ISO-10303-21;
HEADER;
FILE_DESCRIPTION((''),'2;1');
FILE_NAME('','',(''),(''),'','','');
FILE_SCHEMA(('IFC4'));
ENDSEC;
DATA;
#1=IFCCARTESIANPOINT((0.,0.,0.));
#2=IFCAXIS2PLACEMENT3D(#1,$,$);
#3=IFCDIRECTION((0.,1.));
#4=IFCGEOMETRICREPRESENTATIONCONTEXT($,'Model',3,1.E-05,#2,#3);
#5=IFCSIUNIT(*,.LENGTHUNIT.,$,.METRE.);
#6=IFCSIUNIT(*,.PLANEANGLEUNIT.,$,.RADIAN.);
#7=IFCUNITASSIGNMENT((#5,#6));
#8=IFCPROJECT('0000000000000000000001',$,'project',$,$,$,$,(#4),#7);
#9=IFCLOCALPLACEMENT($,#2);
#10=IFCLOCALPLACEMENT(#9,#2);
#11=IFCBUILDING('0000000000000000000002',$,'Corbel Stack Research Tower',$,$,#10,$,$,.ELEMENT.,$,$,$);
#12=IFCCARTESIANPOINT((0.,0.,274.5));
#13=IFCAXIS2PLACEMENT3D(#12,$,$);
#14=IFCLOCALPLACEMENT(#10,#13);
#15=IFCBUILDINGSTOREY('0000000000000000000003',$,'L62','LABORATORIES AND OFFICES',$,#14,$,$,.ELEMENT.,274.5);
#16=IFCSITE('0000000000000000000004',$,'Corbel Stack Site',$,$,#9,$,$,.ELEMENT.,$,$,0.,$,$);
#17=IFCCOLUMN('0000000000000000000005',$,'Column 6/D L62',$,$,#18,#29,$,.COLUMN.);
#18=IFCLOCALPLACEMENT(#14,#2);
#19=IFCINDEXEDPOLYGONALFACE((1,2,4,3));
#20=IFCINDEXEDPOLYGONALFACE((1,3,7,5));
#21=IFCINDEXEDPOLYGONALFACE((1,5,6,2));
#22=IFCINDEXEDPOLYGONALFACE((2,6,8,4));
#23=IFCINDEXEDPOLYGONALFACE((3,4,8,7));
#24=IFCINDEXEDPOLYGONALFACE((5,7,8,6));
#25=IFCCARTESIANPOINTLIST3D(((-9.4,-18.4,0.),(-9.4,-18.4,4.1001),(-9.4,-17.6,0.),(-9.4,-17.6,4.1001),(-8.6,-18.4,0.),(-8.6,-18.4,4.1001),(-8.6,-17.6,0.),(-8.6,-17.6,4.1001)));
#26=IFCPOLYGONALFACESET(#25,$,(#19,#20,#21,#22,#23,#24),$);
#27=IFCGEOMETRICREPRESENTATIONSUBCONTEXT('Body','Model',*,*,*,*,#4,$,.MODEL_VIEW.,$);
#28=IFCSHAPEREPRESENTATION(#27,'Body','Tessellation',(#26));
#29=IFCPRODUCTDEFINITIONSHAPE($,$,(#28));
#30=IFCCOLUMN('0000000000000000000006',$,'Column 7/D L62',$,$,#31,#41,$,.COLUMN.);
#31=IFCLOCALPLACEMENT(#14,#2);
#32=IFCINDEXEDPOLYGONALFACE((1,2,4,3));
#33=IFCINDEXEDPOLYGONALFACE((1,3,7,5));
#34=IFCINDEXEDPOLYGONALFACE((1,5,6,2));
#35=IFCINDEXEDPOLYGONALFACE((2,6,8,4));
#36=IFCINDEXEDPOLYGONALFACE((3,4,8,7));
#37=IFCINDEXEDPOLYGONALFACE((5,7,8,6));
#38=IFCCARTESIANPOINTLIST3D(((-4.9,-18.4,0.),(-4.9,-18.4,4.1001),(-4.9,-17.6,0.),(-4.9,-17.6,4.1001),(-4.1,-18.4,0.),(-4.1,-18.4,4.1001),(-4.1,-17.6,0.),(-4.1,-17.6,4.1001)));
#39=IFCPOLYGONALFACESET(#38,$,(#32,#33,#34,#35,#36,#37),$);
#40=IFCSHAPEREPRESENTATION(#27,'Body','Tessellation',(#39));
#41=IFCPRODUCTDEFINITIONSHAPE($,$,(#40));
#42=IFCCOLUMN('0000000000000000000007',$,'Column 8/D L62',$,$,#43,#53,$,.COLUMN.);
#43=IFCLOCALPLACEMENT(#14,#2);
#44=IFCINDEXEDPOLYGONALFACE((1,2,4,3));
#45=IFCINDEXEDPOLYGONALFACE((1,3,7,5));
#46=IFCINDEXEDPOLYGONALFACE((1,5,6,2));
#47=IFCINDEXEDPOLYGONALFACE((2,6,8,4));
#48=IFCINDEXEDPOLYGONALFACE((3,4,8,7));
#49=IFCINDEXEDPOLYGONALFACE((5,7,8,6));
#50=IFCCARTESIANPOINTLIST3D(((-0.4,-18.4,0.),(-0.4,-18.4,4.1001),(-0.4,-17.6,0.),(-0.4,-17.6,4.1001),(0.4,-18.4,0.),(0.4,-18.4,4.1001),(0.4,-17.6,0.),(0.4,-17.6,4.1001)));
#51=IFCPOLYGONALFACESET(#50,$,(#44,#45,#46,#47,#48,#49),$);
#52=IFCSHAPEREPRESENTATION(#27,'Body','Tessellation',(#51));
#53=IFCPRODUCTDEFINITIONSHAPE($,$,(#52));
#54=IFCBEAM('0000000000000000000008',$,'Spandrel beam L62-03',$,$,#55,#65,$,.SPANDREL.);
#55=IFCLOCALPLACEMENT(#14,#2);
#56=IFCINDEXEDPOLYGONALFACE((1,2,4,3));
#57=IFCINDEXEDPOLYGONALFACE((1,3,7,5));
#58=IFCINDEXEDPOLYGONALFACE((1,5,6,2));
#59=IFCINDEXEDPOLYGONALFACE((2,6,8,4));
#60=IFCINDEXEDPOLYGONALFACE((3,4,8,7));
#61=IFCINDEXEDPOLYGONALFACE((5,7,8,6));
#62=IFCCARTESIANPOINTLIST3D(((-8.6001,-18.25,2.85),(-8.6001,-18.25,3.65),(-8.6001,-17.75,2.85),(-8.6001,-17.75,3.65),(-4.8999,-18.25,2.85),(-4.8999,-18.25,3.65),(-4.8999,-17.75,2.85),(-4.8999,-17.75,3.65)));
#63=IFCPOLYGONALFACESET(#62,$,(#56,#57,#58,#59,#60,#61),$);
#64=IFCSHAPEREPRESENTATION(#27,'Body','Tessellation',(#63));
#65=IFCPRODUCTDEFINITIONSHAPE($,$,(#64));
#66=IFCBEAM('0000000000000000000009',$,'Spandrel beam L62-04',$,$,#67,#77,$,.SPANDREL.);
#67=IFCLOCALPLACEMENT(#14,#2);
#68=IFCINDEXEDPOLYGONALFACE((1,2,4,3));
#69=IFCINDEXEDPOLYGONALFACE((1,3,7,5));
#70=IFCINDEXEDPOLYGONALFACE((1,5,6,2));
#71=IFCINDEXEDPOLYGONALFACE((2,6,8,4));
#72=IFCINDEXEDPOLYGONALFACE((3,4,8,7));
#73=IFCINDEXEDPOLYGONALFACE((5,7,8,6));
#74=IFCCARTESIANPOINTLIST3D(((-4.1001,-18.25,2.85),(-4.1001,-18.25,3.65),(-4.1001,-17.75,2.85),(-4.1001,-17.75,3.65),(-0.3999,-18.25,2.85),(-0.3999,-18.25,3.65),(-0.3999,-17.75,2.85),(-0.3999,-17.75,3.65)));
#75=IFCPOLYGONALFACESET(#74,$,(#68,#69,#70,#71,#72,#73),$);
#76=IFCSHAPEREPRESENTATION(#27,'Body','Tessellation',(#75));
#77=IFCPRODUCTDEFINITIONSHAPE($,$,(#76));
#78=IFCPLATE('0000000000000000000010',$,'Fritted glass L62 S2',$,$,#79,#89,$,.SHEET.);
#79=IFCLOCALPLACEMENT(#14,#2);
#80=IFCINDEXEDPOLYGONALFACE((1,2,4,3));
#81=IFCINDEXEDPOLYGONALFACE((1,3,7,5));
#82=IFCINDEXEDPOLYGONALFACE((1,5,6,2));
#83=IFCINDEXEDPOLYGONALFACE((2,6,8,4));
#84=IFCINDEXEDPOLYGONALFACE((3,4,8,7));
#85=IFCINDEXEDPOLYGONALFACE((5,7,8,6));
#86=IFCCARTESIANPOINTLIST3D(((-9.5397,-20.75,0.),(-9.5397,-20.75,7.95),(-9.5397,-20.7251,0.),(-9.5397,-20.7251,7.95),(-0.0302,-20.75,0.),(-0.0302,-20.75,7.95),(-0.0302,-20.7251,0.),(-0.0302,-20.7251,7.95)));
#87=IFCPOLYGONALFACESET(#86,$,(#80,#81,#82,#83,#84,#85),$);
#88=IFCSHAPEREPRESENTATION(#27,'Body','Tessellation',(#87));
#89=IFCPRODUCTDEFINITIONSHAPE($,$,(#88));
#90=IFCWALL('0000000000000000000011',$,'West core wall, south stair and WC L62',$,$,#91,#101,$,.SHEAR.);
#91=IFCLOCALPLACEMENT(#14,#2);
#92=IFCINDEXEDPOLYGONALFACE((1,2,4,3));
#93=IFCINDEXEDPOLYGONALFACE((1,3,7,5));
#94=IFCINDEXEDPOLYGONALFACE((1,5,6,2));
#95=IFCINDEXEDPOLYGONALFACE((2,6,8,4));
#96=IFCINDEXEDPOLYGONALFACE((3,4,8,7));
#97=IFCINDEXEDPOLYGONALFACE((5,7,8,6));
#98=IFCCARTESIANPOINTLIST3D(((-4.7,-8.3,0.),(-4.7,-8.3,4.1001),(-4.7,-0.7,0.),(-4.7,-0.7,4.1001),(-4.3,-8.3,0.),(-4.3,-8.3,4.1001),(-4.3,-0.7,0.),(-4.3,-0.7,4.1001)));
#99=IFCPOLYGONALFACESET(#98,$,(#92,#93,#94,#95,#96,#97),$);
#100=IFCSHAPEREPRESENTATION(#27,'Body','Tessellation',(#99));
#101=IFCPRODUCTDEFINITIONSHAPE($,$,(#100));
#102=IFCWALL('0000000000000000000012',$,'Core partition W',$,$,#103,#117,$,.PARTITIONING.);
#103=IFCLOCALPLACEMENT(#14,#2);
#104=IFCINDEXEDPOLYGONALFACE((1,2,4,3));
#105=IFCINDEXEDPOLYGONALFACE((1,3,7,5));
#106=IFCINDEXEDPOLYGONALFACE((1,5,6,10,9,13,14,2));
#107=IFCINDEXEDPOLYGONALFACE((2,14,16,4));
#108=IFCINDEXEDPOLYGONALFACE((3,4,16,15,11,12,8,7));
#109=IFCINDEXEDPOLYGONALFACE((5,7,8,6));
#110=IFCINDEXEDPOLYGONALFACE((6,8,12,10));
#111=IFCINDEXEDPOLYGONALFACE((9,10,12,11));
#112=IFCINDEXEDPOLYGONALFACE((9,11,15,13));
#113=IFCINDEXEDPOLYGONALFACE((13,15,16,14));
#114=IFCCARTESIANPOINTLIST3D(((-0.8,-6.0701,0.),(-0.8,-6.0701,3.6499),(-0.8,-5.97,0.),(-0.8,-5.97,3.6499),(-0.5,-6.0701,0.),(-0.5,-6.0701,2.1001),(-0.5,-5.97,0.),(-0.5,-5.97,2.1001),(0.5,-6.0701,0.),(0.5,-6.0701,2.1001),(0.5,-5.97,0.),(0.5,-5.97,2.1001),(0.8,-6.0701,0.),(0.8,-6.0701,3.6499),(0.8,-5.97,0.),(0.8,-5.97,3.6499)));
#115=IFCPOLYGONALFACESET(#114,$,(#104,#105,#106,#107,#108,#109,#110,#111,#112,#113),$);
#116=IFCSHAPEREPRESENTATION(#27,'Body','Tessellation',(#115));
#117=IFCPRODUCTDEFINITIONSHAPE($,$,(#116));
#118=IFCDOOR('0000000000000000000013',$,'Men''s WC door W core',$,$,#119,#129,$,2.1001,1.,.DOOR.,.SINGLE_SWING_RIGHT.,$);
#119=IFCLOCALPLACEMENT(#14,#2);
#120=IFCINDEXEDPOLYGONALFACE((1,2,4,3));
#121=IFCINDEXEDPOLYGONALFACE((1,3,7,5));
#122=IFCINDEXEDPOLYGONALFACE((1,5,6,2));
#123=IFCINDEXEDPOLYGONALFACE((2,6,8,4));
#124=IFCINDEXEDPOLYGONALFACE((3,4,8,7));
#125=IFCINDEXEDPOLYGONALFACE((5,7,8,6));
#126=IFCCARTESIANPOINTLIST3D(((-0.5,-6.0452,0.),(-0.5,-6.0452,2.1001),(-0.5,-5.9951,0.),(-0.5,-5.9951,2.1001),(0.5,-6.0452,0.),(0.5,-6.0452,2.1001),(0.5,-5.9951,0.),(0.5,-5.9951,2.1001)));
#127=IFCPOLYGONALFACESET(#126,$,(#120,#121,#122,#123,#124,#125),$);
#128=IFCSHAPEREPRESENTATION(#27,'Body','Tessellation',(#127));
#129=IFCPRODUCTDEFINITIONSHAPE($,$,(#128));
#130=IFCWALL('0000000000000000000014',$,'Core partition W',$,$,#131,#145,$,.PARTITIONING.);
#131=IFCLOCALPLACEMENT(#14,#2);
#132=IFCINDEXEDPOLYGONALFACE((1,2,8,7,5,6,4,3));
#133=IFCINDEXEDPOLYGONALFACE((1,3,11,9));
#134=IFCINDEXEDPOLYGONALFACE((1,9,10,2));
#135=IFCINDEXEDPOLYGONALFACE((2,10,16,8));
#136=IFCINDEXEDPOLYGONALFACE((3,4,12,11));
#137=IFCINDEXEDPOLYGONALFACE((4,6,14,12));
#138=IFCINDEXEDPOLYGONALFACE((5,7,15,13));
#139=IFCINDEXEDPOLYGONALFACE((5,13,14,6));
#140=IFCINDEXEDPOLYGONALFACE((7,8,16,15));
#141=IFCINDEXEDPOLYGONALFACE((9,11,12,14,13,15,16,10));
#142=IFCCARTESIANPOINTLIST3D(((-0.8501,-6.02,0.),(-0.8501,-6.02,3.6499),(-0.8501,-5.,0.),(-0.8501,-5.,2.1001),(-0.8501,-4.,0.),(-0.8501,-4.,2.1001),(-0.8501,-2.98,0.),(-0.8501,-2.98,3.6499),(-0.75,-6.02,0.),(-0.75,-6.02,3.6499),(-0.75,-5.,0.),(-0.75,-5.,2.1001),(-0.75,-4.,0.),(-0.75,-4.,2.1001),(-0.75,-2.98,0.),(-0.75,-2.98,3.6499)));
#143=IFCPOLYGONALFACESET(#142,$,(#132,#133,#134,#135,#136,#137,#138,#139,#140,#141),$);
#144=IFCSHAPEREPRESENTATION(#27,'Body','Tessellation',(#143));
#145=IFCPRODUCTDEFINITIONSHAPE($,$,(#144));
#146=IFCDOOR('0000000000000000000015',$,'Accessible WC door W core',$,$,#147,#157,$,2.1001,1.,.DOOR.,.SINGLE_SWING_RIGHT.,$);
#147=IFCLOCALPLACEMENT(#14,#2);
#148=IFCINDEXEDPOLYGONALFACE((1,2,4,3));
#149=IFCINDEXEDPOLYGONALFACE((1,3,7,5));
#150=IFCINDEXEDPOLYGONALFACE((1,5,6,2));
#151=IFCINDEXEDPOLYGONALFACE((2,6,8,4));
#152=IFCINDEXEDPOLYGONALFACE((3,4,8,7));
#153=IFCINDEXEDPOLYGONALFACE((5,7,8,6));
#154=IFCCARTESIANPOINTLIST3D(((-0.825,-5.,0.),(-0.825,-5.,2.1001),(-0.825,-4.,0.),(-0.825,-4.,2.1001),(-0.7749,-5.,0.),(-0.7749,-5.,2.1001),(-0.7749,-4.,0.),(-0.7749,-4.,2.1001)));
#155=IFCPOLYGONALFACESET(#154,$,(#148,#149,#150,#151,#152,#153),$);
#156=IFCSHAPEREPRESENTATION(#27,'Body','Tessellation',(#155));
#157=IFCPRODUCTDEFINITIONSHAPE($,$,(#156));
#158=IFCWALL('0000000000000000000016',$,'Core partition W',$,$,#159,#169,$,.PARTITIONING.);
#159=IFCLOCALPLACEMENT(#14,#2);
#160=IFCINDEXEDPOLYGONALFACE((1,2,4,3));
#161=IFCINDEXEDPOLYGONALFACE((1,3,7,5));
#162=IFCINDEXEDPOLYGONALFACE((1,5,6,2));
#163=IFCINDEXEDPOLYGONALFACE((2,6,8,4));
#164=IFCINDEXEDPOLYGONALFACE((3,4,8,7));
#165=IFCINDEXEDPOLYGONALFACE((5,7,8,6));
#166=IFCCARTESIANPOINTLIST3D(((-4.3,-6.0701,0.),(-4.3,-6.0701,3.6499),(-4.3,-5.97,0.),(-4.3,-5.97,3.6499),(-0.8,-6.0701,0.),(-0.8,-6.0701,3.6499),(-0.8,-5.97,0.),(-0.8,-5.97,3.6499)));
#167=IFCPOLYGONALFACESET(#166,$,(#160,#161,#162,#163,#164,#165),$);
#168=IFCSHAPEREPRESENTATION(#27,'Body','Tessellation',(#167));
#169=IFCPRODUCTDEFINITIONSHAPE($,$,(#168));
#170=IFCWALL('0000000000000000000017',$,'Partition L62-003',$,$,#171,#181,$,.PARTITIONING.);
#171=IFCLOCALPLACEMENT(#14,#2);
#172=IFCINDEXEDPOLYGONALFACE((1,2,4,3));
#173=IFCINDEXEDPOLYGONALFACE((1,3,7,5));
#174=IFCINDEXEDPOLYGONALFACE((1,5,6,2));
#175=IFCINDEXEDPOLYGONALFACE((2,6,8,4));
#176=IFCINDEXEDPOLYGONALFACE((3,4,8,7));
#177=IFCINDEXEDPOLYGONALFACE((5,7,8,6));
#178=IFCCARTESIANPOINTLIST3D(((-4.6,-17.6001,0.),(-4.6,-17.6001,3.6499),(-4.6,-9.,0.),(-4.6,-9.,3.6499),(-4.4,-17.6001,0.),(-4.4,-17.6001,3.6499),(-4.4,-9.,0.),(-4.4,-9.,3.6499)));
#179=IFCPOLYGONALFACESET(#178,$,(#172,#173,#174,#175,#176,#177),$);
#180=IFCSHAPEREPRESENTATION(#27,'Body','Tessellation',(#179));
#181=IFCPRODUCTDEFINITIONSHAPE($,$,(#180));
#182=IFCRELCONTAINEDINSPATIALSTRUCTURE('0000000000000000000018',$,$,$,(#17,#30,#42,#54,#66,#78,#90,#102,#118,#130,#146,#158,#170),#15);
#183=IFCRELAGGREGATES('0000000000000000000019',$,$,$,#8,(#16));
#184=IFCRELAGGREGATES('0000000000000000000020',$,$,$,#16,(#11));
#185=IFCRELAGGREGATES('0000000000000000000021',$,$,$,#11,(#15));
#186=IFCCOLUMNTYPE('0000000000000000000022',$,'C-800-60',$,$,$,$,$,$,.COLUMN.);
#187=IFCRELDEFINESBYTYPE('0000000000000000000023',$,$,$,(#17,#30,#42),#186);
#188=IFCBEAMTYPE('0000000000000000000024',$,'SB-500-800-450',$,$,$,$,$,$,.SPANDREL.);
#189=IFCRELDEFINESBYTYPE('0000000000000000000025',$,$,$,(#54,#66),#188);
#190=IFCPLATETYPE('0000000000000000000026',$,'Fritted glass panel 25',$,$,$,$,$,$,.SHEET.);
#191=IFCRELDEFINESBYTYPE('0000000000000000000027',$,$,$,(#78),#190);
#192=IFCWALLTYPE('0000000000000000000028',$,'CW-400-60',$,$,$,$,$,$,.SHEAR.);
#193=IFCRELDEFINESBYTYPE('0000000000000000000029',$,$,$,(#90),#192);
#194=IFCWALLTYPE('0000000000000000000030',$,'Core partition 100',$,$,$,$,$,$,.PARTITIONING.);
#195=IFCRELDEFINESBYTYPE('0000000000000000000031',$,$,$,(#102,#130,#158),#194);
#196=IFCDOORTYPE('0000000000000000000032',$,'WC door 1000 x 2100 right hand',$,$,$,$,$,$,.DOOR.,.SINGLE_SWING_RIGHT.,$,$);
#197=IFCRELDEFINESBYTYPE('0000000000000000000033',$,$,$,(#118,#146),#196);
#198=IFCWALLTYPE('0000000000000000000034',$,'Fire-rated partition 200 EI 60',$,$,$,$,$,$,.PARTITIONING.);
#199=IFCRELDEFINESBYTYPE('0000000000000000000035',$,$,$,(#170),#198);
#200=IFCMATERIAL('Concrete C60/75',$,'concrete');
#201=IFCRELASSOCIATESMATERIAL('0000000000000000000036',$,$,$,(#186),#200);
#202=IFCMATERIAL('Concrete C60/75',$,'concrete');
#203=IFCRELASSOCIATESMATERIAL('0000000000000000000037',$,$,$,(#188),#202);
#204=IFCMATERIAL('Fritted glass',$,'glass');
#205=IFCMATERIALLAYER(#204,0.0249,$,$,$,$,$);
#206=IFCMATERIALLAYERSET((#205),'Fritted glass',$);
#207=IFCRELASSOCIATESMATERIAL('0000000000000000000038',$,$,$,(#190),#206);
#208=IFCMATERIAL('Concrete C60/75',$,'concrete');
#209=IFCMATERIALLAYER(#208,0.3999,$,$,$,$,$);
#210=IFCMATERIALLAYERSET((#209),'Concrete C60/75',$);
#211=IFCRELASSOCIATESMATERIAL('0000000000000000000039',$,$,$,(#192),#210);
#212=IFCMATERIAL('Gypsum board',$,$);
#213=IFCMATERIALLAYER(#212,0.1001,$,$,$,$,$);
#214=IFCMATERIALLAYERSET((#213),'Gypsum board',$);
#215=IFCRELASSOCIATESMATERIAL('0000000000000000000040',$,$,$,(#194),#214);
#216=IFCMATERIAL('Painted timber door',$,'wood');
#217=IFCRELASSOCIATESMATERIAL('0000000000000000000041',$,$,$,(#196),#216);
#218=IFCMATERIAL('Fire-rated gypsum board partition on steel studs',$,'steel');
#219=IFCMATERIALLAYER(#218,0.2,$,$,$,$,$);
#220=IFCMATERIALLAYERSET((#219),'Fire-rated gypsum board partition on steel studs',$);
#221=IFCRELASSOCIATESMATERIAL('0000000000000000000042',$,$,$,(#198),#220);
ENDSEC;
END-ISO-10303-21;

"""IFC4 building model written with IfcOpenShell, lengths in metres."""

from ifc_helpers import new_model, si_unit, direction, frame, frame_2d, origin, origin_2d, place, context, subcontext, project, spatial, rectangle, extrude, material, layer, layer_set, material_profile, profile_set, type_object, element, fill, save


model = new_model("IFC4")

# Units and contexts
model_context = context("Model", 3, precision=1e-05, world=origin(), true_north=direction((0.0, 1.0)))
body_context = subcontext(model_context, "Body", "Model", "MODEL_VIEW")
ifc_project = project(units=[si_unit("LENGTHUNIT", "METRE"), si_unit("PLANEANGLEUNIT", "RADIAN")], contexts=[model_context])

# Site, building, storey
site_placement = place(None, origin())
site = spatial("IfcSite", under=ifc_project, at=site_placement, Name="Corbel Stack Site", CompositionType="ELEMENT", RefElevation=0.0)
building_placement = place(site_placement, origin())
building = spatial("IfcBuilding", under=site, at=building_placement, Name="Corbel Stack Research Tower", CompositionType="ELEMENT")
storey_placement = place(building_placement, frame((0.0, 0.0, 274.5)))
storey = spatial("IfcBuildingStorey", under=building, at=storey_placement, Name="L62", Description="LABORATORIES AND OFFICES", CompositionType="ELEMENT", Elevation=274.5)

# Columns
ifc_material_1 = material(Name="Concrete C60/75", Category="concrete")
ifc_material_profile_1 = material_profile(ifc_material_1, rectangle(XDim=0.8, YDim=0.8, at=origin_2d()), Name="RC 800 x 800")
ifc_profile_set_1 = profile_set([ifc_material_profile_1], Name="Concrete C60/75")
column_type = type_object("IfcColumnType", Name="C-800-60", PredefinedType="COLUMN", material=ifc_profile_set_1)
for number, where, z_axis, x_axis, name in (
    (1, (-9.0, -18.0, 0.0), (0.0, 0.0, 1.0), (1.0, 0.0, 0.0), "Column 6/D L62"),
    (2, (-4.5, -18.0, 0.0), (0.0, 0.0, 1.0), (1.0, 0.0, 0.0), "Column 7/D L62"),
    (3, (0.0, -18.0, 0.0), (0.0, 0.0, 1.0), (1.0, 0.0, 0.0), "Column 8/D L62"),
):
    element("IfcColumn", number, at=place(storey_placement, frame(where, z_axis=z_axis, x_axis=x_axis)), inside=storey, type_object=column_type, Name=name, PredefinedType="COLUMN", context=body_context, shape_type="SweptSolid", body=[
        extrude(rectangle(XDim=0.8, YDim=0.8, at=origin_2d()), origin(), (0.0, 0.0, 1.0), 4.1001),
    ])

# Beams
ifc_material_2 = material(Name="Concrete C60/75", Category="concrete")
ifc_material_profile_2 = material_profile(ifc_material_2, rectangle(XDim=0.5, YDim=0.8, at=origin_2d()), Name="RC 500 x 800")
ifc_profile_set_2 = profile_set([ifc_material_profile_2], Name="Concrete C60/75")
beam_type = type_object("IfcBeamType", Name="SB-500-800-450", PredefinedType="SPANDREL", material=ifc_profile_set_2)
for number, where, z_axis, x_axis, name in (
    (4, (-8.6001, -18.0, 3.25), (1.0, 0.0, 0.0), (0.0, 1.0, 0.0), "Spandrel beam L62-03"),
    (5, (-4.1001, -18.0, 3.25), (1.0, 0.0, 0.0), (0.0, 1.0, 0.0), "Spandrel beam L62-04"),
):
    element("IfcBeam", number, at=place(storey_placement, frame(where, z_axis=z_axis, x_axis=x_axis)), inside=storey, type_object=beam_type, Name=name, PredefinedType="SPANDREL", context=body_context, shape_type="SweptSolid", body=[
        extrude(rectangle(XDim=0.5, YDim=0.8, at=origin_2d()), origin(), (0.0, 0.0, 1.0), 3.7002),
    ])

# Plate
ifc_material_3 = material(Name="Fritted glass", Category="glass")
ifc_layer_1 = layer(ifc_material_3, 0.0249)
ifc_layer_set_1 = layer_set([ifc_layer_1], Name="Fritted glass")
plate_type = type_object("IfcPlateType", Name="Fritted glass panel 25", PredefinedType="SHEET", material=ifc_layer_set_1)
plate_placement = place(storey_placement, frame((-4.7849, -20.7375, 0.0), z_axis=(0.0, 0.0, 1.0), x_axis=(1.0, 0.0, 0.0)))
element("IfcPlate", 6, at=plate_placement, inside=storey, type_object=plate_type, Name="Fritted glass L62 S2", PredefinedType="SHEET", context=body_context, shape_type="SweptSolid", body=[
    extrude(rectangle(XDim=9.5095, YDim=0.0249, at=origin_2d()), origin(), (0.0, 0.0, 1.0), 7.95),
])

# Wall
ifc_material_4 = material(Name="Concrete C60/75", Category="concrete")
ifc_layer_2 = layer(ifc_material_4, 0.3999)
ifc_layer_set_2 = layer_set([ifc_layer_2], Name="Concrete C60/75")
wall_type_1 = type_object("IfcWallType", Name="CW-400-60", PredefinedType="SHEAR", material=ifc_layer_set_2)
wall_1_placement = place(storey_placement, frame((-4.5, -8.3, 0.0), z_axis=(0.0, 0.0, 1.0), x_axis=(0.0, 1.0, 0.0)))
element("IfcWall", 7, at=wall_1_placement, inside=storey, type_object=wall_type_1, Name="West core wall, south stair and WC L62", PredefinedType="SHEAR", context=body_context, shape_type="SweptSolid", body=[
    extrude(rectangle(XDim=7.6001, YDim=0.3999, at=frame_2d((3.8, 0.0))), origin(), (0.0, 0.0, 1.0), 4.1001),
])

# Walls, openings, doors
ifc_material_5 = material(Name="Gypsum board")
ifc_layer_3 = layer(ifc_material_5, 0.1001)
ifc_layer_set_3 = layer_set([ifc_layer_3], Name="Gypsum board")
wall_type_2 = type_object("IfcWallType", Name="Core partition 100", PredefinedType="PARTITIONING", material=ifc_layer_set_3)
wall_2_placement = place(storey_placement, frame((-0.8, -6.02, 0.0), z_axis=(0.0, 0.0, 1.0), x_axis=(1.0, 0.0, 0.0)))
wall_2 = element("IfcWall", 8, at=wall_2_placement, inside=storey, type_object=wall_type_2, Name="Core partition W", PredefinedType="PARTITIONING", context=body_context, shape_type="SweptSolid", body=[
    extrude(rectangle(XDim=1.6001, YDim=0.1001, at=frame_2d((0.8, 0.0))), origin(), (0.0, 0.0, 1.0), 3.6499),
])
opening_1_placement = place(wall_2_placement, frame((0.3, 0.0, 0.0)))
opening_1 = element("IfcOpeningElement", 9, at=opening_1_placement, cuts=wall_2, PredefinedType="OPENING", context=body_context, shape_type="SweptSolid", body=[
    extrude(rectangle(XDim=1.0, YDim=2.1001, at=frame_2d((0.5, 1.05))), frame((0.0, 0.0601, 0.0), z_axis=(0.0, -1.0, 0.0), x_axis=(1.0, 0.0, 0.0)), (0.0, 0.0, 1.0), 0.1201),
])
ifc_material_6 = material(Name="Painted timber door", Category="wood")
door_type_1 = type_object("IfcDoorType", Name="WC door 1000 x 2100 right hand", OperationType="SINGLE_SWING_RIGHT", PredefinedType="DOOR", material=ifc_material_6)
door_1_placement = place(opening_1_placement, origin())
door_1 = element("IfcDoor", 10, at=door_1_placement, inside=storey, type_object=door_type_1, Name="Men's WC door W core", OperationType="SINGLE_SWING_RIGHT", OverallHeight=2.1001, OverallWidth=1.0, PredefinedType="DOOR", context=body_context, shape_type="SweptSolid", body=[
    extrude(rectangle(XDim=1.0, YDim=2.1001, at=frame_2d((0.5, 1.05))), frame((0.0, 0.0249, 0.0), z_axis=(0.0, -1.0, 0.0), x_axis=(1.0, 0.0, 0.0)), (0.0, 0.0, 1.0), 0.05),
])
fill(opening_1, door_1)
wall_3_placement = place(storey_placement, frame((-0.8, -6.02, 0.0), z_axis=(0.0, 0.0, 1.0), x_axis=(0.0, 1.0, 0.0)))
wall_3 = element("IfcWall", 11, at=wall_3_placement, inside=storey, type_object=wall_type_2, Name="Core partition W", PredefinedType="PARTITIONING", context=body_context, shape_type="SweptSolid", body=[
    extrude(rectangle(XDim=3.04, YDim=0.1001, at=frame_2d((1.52, 0.0))), origin(), (0.0, 0.0, 1.0), 3.6499),
])
opening_2_placement = place(wall_3_placement, frame((1.02, 0.0, 0.0)))
opening_2 = element("IfcOpeningElement", 12, at=opening_2_placement, cuts=wall_3, PredefinedType="OPENING", context=body_context, shape_type="SweptSolid", body=[
    extrude(rectangle(XDim=1.0, YDim=2.1001, at=frame_2d((0.5, 1.05))), frame((0.0, 0.0601, 0.0), z_axis=(0.0, -1.0, 0.0), x_axis=(1.0, 0.0, 0.0)), (0.0, 0.0, 1.0), 0.1201),
])
door_2_placement = place(opening_2_placement, origin())
door_2 = element("IfcDoor", 13, at=door_2_placement, inside=storey, type_object=door_type_1, Name="Accessible WC door W core", OperationType="SINGLE_SWING_RIGHT", OverallHeight=2.1001, OverallWidth=1.0, PredefinedType="DOOR", context=body_context, shape_type="SweptSolid", body=[
    extrude(rectangle(XDim=1.0, YDim=2.1001, at=frame_2d((0.5, 1.05))), frame((0.0, 0.0249, 0.0), z_axis=(0.0, -1.0, 0.0), x_axis=(1.0, 0.0, 0.0)), (0.0, 0.0, 1.0), 0.05),
])
fill(opening_2, door_2)

# Walls
wall_4_placement = place(storey_placement, frame((-4.3, -6.02, 0.0), z_axis=(0.0, 0.0, 1.0), x_axis=(1.0, 0.0, 0.0)))
element("IfcWall", 14, at=wall_4_placement, inside=storey, type_object=wall_type_2, Name="Core partition W", PredefinedType="PARTITIONING", context=body_context, shape_type="SweptSolid", body=[
    extrude(rectangle(XDim=3.5, YDim=0.1001, at=frame_2d((1.75, 0.0))), origin(), (0.0, 0.0, 1.0), 3.6499),
])
ifc_material_7 = material(Name="Fire-rated gypsum board partition on steel studs", Category="steel")
ifc_layer_4 = layer(ifc_material_7, 0.2)
ifc_layer_set_4 = layer_set([ifc_layer_4], Name="Fire-rated gypsum board partition on steel studs")
wall_type_3 = type_object("IfcWallType", Name="Fire-rated partition 200 EI 60", PredefinedType="PARTITIONING", material=ifc_layer_set_4)
wall_5_placement = place(storey_placement, frame((-4.5, -17.6001, 0.0), z_axis=(0.0, 0.0, 1.0), x_axis=(0.0, 1.0, 0.0)))
element("IfcWall", 15, at=wall_5_placement, inside=storey, type_object=wall_type_3, Name="Partition L62-003", PredefinedType="PARTITIONING", context=body_context, shape_type="SweptSolid", body=[
    extrude(rectangle(XDim=8.6001, YDim=0.2, at=frame_2d((4.3, 0.0))), origin(), (0.0, 0.0, 1.0), 3.6499),
])

save(model, "model.ifc")
